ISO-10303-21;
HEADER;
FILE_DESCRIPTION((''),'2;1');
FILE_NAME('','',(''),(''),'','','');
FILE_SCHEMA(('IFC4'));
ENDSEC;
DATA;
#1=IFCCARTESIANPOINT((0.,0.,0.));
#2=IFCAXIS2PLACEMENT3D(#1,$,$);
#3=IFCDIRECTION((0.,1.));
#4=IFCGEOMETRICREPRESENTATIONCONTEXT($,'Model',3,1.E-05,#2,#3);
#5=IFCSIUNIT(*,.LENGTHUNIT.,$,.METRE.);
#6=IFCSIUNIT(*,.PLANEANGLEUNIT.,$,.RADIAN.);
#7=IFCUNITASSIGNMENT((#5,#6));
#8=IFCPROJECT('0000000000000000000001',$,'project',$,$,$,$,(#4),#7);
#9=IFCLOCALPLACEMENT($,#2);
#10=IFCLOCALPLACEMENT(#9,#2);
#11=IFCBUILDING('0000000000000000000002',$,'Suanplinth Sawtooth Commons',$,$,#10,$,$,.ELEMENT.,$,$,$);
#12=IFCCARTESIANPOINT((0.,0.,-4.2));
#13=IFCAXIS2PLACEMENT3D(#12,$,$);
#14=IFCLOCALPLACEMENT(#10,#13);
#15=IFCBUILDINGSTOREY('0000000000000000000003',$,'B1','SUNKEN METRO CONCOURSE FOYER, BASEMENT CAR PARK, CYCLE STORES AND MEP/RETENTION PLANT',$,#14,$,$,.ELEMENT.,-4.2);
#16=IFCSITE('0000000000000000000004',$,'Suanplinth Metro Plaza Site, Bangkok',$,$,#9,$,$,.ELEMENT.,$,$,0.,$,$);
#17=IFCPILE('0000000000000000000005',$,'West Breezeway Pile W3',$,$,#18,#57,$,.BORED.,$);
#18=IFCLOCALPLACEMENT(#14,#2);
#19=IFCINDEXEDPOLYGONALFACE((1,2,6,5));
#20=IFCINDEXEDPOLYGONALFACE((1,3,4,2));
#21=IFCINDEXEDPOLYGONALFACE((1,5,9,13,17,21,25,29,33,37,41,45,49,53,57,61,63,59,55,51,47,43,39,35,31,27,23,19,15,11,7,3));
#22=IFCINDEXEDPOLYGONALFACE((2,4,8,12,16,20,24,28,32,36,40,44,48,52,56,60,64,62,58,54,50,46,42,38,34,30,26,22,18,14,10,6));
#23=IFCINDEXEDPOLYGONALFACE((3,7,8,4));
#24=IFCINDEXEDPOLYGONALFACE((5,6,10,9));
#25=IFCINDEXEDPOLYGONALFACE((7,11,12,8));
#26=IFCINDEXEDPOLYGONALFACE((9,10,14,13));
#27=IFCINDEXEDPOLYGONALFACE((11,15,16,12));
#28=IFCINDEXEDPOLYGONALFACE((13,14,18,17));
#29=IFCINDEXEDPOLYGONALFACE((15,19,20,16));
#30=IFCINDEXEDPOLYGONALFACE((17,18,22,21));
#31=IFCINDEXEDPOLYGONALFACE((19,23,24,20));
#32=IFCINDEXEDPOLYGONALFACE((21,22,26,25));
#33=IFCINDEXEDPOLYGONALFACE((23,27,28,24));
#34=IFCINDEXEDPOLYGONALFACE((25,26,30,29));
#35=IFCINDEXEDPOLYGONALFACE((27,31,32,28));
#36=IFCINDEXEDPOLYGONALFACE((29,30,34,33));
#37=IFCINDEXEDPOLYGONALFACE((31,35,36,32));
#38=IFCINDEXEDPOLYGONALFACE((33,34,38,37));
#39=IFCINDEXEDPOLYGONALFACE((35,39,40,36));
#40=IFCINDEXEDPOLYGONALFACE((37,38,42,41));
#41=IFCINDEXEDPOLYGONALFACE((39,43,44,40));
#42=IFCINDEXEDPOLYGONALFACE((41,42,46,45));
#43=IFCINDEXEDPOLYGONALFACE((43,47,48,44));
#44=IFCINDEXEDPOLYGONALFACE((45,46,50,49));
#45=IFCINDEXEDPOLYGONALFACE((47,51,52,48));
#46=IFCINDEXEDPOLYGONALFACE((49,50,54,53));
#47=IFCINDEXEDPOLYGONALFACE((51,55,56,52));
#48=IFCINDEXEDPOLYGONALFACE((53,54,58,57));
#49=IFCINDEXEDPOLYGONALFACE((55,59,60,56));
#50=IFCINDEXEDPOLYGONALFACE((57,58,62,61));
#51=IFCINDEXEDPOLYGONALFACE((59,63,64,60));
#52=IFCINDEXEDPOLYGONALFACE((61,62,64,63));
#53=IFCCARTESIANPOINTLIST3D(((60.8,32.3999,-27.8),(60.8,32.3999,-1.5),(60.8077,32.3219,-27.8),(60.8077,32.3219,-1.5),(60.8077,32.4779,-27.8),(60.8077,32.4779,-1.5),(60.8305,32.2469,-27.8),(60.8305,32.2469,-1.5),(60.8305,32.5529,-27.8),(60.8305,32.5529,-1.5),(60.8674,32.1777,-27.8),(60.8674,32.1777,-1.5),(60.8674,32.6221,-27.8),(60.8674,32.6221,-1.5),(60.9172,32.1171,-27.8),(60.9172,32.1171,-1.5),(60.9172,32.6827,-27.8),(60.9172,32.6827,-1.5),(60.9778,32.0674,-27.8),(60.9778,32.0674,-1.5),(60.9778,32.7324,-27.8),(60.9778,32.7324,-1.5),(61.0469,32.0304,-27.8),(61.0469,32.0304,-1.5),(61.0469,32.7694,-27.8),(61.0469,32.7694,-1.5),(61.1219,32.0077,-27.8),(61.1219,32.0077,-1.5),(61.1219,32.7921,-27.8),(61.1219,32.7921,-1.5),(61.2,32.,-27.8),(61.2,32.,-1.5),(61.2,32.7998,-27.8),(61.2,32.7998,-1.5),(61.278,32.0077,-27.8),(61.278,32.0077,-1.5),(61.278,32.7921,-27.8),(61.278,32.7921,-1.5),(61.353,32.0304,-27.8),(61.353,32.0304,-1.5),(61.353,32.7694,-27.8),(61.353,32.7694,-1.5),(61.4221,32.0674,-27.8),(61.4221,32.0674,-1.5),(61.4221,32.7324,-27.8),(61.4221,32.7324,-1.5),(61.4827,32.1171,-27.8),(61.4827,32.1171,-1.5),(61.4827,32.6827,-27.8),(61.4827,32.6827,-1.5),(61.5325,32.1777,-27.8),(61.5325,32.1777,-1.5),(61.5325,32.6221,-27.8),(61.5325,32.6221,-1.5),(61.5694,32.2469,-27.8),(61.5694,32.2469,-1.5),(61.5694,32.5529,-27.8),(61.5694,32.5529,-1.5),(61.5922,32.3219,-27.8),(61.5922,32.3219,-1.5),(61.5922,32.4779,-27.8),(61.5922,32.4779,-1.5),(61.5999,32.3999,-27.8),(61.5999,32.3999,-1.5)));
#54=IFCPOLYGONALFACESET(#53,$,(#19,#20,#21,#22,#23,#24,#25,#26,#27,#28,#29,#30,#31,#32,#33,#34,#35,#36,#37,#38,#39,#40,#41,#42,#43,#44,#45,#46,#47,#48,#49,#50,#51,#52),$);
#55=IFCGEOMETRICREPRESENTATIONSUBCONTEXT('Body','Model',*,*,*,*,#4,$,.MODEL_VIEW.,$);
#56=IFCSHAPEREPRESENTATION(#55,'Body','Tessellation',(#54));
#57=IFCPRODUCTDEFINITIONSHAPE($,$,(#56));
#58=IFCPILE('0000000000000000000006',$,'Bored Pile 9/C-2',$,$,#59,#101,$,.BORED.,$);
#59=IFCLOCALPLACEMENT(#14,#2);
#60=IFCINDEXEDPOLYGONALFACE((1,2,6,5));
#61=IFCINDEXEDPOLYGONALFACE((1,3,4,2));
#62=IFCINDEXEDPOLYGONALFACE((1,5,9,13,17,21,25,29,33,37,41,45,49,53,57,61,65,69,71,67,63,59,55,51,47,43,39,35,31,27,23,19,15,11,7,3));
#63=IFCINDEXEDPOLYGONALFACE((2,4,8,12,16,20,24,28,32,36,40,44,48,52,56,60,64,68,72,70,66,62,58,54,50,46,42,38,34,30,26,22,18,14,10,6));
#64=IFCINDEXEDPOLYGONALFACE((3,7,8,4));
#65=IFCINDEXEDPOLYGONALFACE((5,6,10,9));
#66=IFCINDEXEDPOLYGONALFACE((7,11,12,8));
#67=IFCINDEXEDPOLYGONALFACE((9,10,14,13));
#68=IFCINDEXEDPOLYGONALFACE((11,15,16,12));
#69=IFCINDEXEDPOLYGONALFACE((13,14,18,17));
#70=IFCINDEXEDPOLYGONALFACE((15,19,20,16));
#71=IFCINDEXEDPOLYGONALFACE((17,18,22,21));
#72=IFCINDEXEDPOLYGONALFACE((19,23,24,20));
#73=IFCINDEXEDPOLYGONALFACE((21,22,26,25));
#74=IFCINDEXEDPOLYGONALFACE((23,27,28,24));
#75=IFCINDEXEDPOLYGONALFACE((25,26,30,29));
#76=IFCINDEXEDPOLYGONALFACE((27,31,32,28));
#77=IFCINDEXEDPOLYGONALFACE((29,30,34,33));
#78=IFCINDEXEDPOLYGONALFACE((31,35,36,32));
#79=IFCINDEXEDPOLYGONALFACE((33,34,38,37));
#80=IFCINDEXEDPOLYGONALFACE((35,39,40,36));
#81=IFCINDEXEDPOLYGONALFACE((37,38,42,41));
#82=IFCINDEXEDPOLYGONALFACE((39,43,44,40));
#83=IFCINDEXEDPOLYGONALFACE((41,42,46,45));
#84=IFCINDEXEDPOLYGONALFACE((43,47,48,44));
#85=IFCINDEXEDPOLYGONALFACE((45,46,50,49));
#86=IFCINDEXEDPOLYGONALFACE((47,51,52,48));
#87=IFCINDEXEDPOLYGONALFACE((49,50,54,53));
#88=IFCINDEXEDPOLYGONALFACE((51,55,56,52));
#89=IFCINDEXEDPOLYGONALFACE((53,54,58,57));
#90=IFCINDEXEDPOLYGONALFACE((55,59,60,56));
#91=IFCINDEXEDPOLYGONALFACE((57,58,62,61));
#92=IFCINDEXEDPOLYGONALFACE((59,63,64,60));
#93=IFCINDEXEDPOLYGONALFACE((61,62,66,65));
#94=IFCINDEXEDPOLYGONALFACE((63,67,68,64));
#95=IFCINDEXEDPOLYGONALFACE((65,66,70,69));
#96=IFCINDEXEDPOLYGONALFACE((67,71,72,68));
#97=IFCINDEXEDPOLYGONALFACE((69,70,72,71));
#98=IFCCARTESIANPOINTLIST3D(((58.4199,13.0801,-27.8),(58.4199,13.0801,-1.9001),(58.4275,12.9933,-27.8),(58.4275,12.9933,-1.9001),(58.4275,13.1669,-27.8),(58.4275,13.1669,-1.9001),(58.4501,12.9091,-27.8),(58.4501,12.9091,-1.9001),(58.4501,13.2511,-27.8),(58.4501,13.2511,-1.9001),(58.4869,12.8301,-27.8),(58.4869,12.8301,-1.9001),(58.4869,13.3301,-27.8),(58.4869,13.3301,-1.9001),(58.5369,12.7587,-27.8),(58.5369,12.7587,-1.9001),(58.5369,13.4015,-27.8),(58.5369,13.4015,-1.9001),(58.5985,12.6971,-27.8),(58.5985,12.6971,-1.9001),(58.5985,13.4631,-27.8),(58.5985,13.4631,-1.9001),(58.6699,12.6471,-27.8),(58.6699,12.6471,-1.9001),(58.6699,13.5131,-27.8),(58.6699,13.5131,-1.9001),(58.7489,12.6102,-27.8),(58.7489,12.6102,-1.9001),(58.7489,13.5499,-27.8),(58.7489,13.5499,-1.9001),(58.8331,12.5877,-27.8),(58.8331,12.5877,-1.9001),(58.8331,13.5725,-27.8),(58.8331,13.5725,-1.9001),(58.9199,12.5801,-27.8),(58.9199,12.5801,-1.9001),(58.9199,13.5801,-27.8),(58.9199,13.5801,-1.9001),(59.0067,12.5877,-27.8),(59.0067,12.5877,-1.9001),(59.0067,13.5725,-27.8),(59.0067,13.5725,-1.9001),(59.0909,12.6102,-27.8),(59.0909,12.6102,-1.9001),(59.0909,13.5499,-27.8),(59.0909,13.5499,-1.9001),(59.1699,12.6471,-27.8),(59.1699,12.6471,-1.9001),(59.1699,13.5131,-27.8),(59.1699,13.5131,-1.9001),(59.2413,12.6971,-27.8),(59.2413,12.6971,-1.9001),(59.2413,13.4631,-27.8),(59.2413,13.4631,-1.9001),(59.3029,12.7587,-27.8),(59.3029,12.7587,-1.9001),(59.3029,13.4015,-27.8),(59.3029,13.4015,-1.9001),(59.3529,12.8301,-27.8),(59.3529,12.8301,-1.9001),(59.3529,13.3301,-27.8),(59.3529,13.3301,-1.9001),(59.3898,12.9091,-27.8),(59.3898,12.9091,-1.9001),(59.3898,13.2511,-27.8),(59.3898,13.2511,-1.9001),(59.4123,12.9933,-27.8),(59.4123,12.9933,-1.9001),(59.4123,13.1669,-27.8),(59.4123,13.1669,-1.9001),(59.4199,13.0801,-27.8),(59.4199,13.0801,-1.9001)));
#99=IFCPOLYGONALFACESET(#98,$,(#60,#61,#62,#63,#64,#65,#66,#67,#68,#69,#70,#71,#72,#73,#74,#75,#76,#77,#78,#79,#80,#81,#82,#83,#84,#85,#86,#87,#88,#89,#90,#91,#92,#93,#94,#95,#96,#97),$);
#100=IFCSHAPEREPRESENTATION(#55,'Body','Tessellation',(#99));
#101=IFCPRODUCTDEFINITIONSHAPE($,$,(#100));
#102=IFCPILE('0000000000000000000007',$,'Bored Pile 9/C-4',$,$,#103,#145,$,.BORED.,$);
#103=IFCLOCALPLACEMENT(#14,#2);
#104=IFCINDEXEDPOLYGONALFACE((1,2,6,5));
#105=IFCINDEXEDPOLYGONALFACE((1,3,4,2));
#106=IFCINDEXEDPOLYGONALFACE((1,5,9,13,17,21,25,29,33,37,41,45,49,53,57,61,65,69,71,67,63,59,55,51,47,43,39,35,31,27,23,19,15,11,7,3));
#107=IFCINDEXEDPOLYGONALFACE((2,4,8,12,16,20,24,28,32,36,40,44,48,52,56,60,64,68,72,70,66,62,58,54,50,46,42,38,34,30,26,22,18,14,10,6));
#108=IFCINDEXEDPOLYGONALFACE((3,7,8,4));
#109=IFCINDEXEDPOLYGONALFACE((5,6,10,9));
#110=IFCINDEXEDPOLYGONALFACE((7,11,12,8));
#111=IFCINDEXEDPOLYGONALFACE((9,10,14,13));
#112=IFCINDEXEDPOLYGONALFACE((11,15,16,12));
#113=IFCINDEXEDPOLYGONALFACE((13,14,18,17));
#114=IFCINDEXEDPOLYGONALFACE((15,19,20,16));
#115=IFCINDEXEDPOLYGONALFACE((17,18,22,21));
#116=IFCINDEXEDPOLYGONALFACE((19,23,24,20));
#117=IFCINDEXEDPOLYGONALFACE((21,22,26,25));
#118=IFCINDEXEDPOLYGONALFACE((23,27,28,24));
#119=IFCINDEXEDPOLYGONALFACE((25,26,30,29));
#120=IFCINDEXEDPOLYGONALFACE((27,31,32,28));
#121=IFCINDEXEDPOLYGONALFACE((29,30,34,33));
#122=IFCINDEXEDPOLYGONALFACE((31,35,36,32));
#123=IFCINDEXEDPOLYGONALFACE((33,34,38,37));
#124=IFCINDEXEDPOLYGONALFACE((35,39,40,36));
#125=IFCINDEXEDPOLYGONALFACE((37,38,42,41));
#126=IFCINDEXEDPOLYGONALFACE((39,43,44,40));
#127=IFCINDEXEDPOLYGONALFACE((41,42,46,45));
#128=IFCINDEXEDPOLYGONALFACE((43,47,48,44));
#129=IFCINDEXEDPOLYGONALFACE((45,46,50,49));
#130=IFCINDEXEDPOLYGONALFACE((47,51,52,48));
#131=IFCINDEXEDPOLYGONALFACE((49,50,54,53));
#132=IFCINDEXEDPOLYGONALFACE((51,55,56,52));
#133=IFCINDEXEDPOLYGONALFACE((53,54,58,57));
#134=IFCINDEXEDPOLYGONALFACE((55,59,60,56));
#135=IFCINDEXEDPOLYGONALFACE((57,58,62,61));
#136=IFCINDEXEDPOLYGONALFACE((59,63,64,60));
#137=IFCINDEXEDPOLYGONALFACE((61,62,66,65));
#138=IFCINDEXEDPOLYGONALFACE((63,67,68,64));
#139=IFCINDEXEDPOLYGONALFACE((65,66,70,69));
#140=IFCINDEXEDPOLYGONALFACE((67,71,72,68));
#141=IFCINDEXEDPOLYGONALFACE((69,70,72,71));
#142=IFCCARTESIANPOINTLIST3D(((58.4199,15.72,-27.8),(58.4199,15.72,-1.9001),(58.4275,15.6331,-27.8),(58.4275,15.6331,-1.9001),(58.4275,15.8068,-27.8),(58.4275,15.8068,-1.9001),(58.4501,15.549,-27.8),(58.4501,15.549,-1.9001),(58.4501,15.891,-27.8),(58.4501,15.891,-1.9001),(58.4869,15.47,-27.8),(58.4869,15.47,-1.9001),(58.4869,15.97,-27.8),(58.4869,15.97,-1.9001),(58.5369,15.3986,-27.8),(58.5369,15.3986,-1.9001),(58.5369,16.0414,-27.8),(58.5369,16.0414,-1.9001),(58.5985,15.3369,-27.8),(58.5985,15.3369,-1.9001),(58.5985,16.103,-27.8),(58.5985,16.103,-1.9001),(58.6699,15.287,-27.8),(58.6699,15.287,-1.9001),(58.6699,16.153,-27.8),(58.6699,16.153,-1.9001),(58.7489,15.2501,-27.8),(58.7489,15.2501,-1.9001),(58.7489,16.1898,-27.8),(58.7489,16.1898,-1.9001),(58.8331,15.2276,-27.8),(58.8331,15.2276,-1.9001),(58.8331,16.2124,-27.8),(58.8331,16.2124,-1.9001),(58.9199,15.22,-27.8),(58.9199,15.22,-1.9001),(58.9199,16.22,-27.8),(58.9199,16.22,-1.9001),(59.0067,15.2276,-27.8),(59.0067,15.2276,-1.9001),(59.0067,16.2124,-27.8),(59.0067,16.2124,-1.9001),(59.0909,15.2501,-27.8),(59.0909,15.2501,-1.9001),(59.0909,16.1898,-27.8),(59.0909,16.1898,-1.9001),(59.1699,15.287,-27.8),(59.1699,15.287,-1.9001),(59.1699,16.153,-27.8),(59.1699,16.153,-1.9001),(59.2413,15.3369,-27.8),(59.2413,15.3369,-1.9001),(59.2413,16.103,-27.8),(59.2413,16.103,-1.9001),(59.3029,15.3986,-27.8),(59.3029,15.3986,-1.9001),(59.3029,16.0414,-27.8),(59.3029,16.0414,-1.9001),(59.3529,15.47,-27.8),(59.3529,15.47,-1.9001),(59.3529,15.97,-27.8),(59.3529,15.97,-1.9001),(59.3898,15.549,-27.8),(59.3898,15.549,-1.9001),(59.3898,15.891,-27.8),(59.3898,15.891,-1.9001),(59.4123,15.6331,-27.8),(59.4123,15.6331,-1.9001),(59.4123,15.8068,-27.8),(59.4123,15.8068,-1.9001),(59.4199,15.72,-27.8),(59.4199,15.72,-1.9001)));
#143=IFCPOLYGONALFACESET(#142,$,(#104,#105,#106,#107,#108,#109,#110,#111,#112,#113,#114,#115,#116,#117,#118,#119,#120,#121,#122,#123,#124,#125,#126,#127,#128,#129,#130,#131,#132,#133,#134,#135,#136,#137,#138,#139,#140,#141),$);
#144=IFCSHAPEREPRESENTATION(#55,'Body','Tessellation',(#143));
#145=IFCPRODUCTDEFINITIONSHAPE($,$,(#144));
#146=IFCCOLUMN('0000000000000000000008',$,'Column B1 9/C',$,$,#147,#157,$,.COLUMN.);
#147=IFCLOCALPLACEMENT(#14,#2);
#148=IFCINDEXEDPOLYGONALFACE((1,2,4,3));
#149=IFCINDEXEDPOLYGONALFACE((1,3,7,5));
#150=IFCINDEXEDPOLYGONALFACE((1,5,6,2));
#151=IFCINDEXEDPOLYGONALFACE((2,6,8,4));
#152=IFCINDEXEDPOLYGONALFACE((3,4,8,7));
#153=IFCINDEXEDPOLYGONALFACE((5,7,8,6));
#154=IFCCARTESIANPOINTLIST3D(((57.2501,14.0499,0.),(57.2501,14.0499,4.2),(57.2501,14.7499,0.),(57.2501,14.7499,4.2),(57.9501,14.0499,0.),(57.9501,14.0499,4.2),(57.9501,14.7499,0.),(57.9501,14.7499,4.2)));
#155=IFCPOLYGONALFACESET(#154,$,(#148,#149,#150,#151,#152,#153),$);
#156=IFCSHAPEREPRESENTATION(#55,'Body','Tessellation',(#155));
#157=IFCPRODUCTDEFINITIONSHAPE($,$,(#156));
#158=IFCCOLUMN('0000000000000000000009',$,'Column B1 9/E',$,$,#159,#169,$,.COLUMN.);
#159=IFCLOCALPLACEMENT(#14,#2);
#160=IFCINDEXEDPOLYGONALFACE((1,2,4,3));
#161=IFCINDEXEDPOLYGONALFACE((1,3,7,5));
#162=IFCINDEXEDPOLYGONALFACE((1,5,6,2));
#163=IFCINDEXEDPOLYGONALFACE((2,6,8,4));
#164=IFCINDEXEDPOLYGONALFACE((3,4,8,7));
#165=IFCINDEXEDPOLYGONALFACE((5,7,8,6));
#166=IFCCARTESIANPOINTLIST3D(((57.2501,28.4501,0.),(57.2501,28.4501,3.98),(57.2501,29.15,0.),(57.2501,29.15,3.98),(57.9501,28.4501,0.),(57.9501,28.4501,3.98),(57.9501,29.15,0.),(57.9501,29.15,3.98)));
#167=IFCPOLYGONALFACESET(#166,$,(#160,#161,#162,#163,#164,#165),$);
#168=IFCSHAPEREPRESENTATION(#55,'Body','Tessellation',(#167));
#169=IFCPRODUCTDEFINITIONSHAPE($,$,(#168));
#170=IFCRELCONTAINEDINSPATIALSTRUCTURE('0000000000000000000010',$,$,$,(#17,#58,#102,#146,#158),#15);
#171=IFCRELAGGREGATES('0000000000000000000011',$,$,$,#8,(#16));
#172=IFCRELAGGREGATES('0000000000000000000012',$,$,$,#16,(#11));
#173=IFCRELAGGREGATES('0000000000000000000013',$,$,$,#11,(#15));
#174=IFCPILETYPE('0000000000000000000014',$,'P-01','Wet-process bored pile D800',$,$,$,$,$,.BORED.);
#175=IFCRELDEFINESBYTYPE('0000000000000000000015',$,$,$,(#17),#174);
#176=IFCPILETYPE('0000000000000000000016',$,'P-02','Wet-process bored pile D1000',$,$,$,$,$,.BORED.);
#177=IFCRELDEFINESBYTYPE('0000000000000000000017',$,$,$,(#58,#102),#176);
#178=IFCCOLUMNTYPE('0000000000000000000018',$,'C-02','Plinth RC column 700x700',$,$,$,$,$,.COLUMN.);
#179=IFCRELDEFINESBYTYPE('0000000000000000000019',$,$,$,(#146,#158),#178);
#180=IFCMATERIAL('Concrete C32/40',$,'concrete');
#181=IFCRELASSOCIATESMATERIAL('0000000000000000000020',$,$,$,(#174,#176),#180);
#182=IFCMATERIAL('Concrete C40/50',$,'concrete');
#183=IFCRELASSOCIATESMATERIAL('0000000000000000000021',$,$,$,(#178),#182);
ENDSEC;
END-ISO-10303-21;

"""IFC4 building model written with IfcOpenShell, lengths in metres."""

from ifc_helpers import new_model, si_unit, direction, frame, origin, origin_2d, place, context, subcontext, project, spatial, rectangle, circle, extrude, material, material_profile, profile_set, type_object, element, save


model = new_model("IFC4")

# Units and contexts
model_context = context("Model", 3, precision=1e-05, world=origin(), true_north=direction((0.0, 1.0)))
body_context = subcontext(model_context, "Body", "Model", "MODEL_VIEW")
ifc_project = project(units=[si_unit("LENGTHUNIT", "METRE"), si_unit("PLANEANGLEUNIT", "RADIAN")], contexts=[model_context])

# Site, building, storey
site_placement = place(None, origin())
site = spatial("IfcSite", under=ifc_project, at=site_placement, Name="Suanplinth Metro Plaza Site, Bangkok", CompositionType="ELEMENT", RefElevation=0.0)
building_placement = place(site_placement, origin())
building = spatial("IfcBuilding", under=site, at=building_placement, Name="Suanplinth Sawtooth Commons", CompositionType="ELEMENT")
storey_placement = place(building_placement, frame((0.0, 0.0, -4.2)))
storey = spatial("IfcBuildingStorey", under=building, at=storey_placement, Name="B1", Description="SUNKEN METRO CONCOURSE FOYER, BASEMENT CAR PARK, CYCLE STORES AND MEP/RETENTION PLANT", CompositionType="ELEMENT", Elevation=-4.2)

# Piles
ifc_material_1 = material(Name="Concrete C32/40", Category="concrete")
ifc_material_profile_1 = material_profile(ifc_material_1, circle(Radius=0.3999, at=origin_2d()), Name="PILE D800")
ifc_profile_set_1 = profile_set([ifc_material_profile_1], Name="Concrete C32/40")
pile_type_1 = type_object("IfcPileType", Name="P-01", Description="Wet-process bored pile D800", PredefinedType="BORED", material=ifc_profile_set_1)
for number, where, z_axis, x_axis, name in (
    (1, (61.2, 32.3999, -1.5), (0.0, 0.0, -1.0), (1.0, 0.0, 0.0), "West Breezeway Pile W3"),
):
    element("IfcPile", number, at=place(storey_placement, frame(where, z_axis=z_axis, x_axis=x_axis)), inside=storey, type_object=pile_type_1, Name=name, PredefinedType="BORED", context=body_context, shape_type="SweptSolid", body=[
        extrude(circle(Radius=0.3999, at=origin_2d()), origin(), (0.0, 0.0, 1.0), 26.3),
    ])
ifc_material_profile_2 = material_profile(ifc_material_1, circle(Radius=0.5, at=origin_2d()), Name="PILE D1000")
ifc_profile_set_2 = profile_set([ifc_material_profile_2], Name="Concrete C32/40")
pile_type_2 = type_object("IfcPileType", Name="P-02", Description="Wet-process bored pile D1000", PredefinedType="BORED", material=ifc_profile_set_2)
for number, where, z_axis, x_axis, name in (
    (2, (58.9199, 13.0801, -1.9001), (0.0, 0.0, -1.0), (1.0, 0.0, 0.0), "Bored Pile 9/C-2"),
    (3, (58.9199, 15.72, -1.9001), (0.0, 0.0, -1.0), (1.0, 0.0, 0.0), "Bored Pile 9/C-4"),
):
    element("IfcPile", number, at=place(storey_placement, frame(where, z_axis=z_axis, x_axis=x_axis)), inside=storey, type_object=pile_type_2, Name=name, PredefinedType="BORED", context=body_context, shape_type="SweptSolid", body=[
        extrude(circle(Radius=0.5, at=origin_2d()), origin(), (0.0, 0.0, 1.0), 25.8999),
    ])

# Columns
ifc_material_2 = material(Name="Concrete C40/50", Category="concrete")
ifc_material_profile_3 = material_profile(ifc_material_2, rectangle(XDim=0.7, YDim=0.7, at=origin_2d()), Name="RC-COL 700x700")
ifc_profile_set_3 = profile_set([ifc_material_profile_3], Name="Concrete C40/50")
column_type_1 = type_object("IfcColumnType", Name="C-02", Description="Plinth RC column 700x700", PredefinedType="COLUMN", material=ifc_profile_set_3)
column_1_placement = place(storey_placement, frame((57.6001, 14.3999, 0.0), z_axis=(0.0, 0.0, 1.0), x_axis=(1.0, 0.0, 0.0)))
element("IfcColumn", 4, at=column_1_placement, inside=storey, type_object=column_type_1, Name="Column B1 9/C", PredefinedType="COLUMN", context=body_context, shape_type="SweptSolid", body=[
    extrude(rectangle(XDim=0.7, YDim=0.7, at=origin_2d()), origin(), (0.0, 0.0, 1.0), 4.2),
])
column_2_placement = place(storey_placement, frame((57.6001, 28.8, 0.0), z_axis=(0.0, 0.0, 1.0), x_axis=(1.0, 0.0, 0.0)))
element("IfcColumn", 5, at=column_2_placement, inside=storey, type_object=column_type_1, Name="Column B1 9/E", PredefinedType="COLUMN", context=body_context, shape_type="SweptSolid", body=[
    extrude(rectangle(XDim=0.7, YDim=0.7, at=origin_2d()), origin(), (0.0, 0.0, 1.0), 3.98),
])

save(model, "model.ifc")
